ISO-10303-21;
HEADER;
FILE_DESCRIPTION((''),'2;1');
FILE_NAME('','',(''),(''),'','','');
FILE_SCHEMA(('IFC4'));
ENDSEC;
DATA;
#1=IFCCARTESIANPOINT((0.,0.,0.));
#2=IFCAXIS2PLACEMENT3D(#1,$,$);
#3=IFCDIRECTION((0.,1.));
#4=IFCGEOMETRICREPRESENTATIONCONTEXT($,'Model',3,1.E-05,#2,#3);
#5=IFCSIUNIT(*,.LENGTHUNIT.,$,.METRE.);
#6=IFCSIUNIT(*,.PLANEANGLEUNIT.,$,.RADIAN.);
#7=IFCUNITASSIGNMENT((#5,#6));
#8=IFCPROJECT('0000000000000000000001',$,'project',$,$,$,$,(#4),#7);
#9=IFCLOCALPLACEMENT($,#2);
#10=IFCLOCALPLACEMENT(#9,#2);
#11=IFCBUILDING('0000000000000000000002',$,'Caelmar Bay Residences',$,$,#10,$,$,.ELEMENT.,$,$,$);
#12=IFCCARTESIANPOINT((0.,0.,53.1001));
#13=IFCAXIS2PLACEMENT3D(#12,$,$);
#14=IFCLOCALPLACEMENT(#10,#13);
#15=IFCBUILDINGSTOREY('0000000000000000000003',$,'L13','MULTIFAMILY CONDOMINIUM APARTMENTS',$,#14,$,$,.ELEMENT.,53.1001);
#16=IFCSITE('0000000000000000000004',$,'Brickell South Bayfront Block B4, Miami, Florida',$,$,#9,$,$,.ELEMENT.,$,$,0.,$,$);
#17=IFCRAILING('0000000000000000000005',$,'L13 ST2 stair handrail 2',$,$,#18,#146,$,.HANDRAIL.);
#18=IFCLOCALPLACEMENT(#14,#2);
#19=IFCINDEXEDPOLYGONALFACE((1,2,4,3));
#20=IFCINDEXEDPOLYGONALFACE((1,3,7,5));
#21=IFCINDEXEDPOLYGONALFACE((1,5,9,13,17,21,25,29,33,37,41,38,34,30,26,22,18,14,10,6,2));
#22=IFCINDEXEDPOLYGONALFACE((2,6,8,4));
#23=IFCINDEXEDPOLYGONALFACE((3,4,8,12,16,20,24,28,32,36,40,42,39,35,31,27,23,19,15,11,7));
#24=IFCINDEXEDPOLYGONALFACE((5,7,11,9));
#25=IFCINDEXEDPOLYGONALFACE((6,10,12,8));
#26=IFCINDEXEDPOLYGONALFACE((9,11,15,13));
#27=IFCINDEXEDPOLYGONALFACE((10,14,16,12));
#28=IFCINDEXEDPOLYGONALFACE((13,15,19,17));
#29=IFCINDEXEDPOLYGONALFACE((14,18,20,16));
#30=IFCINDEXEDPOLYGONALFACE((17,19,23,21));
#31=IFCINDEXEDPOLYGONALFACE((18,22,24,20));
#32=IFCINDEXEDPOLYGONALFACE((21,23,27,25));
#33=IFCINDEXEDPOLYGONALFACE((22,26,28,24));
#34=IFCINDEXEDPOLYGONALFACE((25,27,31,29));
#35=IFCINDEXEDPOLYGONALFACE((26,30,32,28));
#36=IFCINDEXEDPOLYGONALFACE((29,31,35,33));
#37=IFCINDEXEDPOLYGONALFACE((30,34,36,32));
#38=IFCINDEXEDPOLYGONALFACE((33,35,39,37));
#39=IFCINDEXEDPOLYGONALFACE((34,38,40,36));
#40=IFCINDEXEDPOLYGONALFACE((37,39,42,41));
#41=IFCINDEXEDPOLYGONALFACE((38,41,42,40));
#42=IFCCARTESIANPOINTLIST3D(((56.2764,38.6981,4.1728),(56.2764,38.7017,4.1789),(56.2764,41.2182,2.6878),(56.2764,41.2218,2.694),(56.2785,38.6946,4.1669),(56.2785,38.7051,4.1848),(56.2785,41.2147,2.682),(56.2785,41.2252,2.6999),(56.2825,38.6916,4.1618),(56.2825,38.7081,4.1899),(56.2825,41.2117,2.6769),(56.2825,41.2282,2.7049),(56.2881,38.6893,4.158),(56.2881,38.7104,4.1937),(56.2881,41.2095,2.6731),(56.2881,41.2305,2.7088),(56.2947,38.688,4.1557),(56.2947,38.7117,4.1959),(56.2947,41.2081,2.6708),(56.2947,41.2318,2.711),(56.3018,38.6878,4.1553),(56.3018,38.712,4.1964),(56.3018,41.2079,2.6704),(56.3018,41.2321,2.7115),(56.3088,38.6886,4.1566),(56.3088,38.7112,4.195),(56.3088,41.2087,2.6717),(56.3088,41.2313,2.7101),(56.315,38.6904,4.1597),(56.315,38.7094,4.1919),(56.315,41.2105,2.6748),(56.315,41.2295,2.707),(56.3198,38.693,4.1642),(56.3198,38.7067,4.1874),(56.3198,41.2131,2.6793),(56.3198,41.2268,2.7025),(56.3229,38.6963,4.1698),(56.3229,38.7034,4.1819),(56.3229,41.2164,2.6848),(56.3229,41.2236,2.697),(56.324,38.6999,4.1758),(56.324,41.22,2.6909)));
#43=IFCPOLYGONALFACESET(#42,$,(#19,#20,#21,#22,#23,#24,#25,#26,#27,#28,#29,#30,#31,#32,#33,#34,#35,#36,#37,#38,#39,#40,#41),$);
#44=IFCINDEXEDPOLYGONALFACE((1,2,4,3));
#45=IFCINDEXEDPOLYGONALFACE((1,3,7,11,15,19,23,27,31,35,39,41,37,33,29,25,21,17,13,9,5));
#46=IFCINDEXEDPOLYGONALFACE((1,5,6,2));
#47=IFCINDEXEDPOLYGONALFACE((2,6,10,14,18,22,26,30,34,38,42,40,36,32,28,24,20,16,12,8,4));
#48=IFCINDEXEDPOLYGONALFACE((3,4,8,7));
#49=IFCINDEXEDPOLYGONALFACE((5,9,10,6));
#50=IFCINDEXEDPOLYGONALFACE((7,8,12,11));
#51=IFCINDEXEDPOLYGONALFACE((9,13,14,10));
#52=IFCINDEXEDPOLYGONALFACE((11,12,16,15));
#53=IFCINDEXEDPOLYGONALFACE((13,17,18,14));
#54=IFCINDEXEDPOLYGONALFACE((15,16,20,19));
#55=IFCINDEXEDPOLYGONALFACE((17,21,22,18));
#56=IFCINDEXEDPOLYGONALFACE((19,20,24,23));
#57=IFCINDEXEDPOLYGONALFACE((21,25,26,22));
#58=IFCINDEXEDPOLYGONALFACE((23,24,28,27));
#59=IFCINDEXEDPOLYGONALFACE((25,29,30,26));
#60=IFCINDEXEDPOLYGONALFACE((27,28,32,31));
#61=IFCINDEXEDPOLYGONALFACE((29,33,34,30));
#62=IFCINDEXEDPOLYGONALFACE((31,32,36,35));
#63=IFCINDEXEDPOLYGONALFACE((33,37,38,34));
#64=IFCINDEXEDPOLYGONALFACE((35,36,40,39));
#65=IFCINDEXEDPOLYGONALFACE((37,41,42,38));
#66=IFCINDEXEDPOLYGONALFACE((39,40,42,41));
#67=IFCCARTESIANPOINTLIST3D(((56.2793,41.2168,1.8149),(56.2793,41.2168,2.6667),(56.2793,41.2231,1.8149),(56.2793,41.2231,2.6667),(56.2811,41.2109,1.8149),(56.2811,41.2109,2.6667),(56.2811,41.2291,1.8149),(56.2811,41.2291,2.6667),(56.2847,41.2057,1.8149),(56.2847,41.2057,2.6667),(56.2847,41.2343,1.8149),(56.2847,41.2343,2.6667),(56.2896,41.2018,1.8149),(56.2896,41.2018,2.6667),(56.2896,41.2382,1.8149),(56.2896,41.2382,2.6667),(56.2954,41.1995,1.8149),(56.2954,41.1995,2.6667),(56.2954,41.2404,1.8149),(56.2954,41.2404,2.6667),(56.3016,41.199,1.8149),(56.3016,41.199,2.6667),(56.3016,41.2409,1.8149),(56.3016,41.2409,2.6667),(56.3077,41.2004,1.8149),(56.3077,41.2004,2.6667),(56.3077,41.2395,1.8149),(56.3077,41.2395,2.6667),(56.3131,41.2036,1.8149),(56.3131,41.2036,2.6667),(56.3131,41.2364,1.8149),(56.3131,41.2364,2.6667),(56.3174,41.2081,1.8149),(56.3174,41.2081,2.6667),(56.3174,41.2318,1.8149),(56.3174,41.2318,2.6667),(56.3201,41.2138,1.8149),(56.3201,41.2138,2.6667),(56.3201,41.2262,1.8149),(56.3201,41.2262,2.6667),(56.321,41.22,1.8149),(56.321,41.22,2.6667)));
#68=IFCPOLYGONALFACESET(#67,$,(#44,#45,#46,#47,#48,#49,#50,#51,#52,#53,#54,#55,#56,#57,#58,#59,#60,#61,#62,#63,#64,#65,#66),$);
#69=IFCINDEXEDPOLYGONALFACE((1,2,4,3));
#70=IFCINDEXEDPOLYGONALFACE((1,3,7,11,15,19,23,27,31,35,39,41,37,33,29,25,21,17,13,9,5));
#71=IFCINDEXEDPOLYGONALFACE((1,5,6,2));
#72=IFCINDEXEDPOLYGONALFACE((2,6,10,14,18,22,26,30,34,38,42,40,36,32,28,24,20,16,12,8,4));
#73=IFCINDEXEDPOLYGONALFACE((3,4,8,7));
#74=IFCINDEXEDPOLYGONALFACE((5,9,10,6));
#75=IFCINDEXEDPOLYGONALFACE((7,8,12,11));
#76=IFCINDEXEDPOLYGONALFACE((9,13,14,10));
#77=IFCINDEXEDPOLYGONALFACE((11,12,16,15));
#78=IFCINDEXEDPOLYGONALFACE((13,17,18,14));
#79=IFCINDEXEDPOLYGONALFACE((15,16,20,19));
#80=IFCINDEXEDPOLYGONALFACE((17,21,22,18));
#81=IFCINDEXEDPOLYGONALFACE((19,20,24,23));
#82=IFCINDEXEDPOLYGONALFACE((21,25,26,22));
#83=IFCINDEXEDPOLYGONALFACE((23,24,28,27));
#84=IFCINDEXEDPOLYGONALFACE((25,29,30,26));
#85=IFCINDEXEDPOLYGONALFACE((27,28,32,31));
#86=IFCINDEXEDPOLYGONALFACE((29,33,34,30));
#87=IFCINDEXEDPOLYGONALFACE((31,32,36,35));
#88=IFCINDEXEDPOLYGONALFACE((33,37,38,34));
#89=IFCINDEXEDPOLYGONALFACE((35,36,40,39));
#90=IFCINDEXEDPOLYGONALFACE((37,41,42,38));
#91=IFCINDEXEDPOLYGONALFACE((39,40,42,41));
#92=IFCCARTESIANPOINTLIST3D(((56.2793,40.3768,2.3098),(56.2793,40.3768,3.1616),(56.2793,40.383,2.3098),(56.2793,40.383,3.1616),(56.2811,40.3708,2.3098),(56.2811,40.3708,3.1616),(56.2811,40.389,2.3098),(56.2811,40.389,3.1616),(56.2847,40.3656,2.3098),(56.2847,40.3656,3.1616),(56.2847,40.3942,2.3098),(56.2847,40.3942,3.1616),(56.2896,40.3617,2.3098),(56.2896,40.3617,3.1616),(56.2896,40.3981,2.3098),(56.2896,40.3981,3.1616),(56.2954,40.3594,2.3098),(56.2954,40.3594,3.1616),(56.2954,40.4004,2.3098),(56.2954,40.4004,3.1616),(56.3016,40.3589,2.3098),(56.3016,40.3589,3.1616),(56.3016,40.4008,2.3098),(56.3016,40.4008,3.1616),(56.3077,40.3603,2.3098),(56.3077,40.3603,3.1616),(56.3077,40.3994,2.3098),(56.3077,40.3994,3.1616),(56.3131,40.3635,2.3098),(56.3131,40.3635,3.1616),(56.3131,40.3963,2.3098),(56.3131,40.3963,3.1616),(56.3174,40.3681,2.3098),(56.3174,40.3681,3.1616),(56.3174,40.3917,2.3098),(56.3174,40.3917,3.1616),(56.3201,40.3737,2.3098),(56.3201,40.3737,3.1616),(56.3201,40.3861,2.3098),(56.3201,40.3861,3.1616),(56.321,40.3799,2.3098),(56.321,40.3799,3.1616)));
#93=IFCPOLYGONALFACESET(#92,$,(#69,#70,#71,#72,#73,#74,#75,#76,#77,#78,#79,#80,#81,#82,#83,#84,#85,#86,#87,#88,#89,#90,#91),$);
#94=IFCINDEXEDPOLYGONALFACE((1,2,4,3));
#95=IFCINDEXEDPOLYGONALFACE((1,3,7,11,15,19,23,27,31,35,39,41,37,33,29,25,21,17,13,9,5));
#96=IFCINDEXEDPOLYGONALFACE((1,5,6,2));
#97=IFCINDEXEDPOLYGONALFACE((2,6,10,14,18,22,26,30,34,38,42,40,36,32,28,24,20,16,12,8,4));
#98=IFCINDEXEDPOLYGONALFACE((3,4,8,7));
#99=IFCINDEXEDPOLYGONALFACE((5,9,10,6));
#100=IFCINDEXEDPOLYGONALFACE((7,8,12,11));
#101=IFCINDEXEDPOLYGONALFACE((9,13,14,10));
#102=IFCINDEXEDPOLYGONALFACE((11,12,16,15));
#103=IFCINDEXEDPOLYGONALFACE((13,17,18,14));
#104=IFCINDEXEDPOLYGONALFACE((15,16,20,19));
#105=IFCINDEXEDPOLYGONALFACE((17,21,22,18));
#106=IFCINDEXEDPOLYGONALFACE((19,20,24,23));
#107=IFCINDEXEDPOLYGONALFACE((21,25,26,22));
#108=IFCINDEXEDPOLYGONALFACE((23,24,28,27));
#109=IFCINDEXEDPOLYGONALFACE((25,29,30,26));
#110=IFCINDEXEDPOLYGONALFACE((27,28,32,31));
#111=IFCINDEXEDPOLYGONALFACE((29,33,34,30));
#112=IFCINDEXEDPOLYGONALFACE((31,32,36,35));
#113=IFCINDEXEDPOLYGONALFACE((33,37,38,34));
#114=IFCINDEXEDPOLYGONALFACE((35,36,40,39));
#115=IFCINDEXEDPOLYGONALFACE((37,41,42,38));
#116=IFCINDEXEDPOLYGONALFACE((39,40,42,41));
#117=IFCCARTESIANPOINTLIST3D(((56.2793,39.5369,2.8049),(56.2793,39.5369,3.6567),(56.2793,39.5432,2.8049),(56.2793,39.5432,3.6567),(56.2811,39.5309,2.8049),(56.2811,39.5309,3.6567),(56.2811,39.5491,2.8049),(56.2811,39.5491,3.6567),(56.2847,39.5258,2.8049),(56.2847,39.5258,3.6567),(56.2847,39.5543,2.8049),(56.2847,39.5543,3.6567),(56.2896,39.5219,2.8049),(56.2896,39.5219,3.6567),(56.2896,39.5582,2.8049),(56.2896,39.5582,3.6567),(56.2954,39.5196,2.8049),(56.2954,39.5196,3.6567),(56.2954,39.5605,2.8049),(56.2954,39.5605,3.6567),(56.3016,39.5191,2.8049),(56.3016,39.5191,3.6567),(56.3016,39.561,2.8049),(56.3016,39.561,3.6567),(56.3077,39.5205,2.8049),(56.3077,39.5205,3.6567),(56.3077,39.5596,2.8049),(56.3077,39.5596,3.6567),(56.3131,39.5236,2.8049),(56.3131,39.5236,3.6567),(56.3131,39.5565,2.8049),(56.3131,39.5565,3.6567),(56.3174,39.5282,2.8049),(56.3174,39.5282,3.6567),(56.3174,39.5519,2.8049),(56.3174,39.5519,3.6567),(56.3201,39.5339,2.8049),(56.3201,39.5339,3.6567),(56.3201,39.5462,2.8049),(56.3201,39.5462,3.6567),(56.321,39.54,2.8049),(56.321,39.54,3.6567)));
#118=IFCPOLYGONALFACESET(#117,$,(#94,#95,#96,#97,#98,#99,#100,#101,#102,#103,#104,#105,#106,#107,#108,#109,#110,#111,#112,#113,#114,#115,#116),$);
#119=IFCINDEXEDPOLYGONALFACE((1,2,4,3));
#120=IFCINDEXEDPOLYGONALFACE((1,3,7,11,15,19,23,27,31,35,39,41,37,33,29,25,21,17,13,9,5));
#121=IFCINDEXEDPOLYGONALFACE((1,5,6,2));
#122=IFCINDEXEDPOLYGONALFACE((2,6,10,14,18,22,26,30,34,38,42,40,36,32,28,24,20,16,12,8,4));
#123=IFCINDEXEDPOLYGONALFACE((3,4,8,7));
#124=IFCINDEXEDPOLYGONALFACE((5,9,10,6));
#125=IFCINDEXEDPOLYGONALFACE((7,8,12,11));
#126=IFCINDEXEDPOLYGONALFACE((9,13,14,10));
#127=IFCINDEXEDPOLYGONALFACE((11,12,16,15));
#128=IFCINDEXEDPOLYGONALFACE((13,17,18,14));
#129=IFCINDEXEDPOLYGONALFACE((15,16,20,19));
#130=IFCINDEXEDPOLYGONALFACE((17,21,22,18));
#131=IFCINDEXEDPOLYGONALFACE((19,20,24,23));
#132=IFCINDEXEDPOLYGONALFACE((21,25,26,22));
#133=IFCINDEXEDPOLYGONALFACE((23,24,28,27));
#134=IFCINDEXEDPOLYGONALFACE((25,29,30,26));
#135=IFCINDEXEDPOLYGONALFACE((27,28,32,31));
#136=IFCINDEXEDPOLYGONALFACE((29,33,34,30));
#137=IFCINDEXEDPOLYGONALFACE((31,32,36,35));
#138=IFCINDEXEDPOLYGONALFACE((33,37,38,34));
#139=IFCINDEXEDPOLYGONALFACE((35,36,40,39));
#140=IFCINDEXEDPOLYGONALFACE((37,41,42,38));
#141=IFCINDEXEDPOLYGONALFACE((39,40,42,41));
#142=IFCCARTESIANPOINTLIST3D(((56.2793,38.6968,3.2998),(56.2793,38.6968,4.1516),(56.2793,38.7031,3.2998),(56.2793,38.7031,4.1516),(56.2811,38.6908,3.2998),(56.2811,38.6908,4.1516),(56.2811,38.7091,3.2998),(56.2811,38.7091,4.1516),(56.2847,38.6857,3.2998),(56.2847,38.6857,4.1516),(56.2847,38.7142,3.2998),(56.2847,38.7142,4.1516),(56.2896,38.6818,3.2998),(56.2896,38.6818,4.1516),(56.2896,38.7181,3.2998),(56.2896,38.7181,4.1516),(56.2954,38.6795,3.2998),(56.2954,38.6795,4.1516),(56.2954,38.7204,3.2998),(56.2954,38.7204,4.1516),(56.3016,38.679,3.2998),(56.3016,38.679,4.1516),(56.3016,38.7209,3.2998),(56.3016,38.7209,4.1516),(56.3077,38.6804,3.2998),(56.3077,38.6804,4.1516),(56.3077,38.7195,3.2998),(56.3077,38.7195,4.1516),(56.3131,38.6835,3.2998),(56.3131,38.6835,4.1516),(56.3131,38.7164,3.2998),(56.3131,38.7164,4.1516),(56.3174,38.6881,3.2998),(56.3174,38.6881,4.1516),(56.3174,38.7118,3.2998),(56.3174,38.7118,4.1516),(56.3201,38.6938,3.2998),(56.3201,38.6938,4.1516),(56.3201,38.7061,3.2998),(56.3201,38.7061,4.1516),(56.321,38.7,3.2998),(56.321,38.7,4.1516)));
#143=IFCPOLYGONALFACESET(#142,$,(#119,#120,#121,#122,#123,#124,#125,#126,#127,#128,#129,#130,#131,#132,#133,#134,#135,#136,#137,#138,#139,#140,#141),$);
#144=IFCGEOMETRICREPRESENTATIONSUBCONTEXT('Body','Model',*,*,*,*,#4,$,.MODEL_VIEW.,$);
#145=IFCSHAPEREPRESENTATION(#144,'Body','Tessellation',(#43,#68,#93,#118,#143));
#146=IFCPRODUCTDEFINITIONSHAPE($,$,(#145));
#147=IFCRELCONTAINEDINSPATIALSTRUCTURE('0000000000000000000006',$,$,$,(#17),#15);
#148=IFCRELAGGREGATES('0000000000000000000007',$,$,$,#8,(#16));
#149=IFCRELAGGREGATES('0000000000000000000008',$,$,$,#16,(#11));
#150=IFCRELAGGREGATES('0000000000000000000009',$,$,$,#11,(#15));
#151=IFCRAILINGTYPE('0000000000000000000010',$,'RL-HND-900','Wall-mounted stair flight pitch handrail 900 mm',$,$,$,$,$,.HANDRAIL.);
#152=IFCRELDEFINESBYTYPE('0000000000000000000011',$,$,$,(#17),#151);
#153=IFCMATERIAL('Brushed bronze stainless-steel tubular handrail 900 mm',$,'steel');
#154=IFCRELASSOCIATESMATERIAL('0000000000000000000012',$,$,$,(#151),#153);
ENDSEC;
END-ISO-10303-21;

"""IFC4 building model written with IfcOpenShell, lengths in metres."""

from ifc_helpers import new_model, si_unit, direction, frame, origin, origin_2d, place, context, subcontext, project, spatial, circle, extrude, material, type_object, element, save


model = new_model("IFC4")

# Units and contexts
model_context = context("Model", 3, precision=1e-05, world=origin(), true_north=direction((0.0, 1.0)))
body_context = subcontext(model_context, "Body", "Model", "MODEL_VIEW")
ifc_project = project(units=[si_unit("LENGTHUNIT", "METRE"), si_unit("PLANEANGLEUNIT", "RADIAN")], contexts=[model_context])

# Site, building, storey
site_placement = place(None, origin())
site = spatial("IfcSite", under=ifc_project, at=site_placement, Name="Brickell South Bayfront Block B4, Miami, Florida", CompositionType="ELEMENT", RefElevation=0.0)
building_placement = place(site_placement, origin())
building = spatial("IfcBuilding", under=site, at=building_placement, Name="Caelmar Bay Residences", CompositionType="ELEMENT")
storey_placement = place(building_placement, frame((0.0, 0.0, 53.1001)))
storey = spatial("IfcBuildingStorey", under=building, at=storey_placement, Name="L13", Description="MULTIFAMILY CONDOMINIUM APARTMENTS", CompositionType="ELEMENT", Elevation=53.1001)

# Railing
ifc_material_1 = material(Name="Brushed bronze stainless-steel tubular handrail 900 mm", Category="steel")
railing_type_1 = type_object("IfcRailingType", Name="RL-HND-900", Description="Wall-mounted stair flight pitch handrail 900 mm", PredefinedType="HANDRAIL", material=ifc_material_1)
railing_1_placement = place(storey_placement, frame((56.3, 41.22, 1.8149)))
element("IfcRailing", 1, at=railing_1_placement, inside=storey, type_object=railing_type_1, Name="L13 ST2 stair handrail 2", PredefinedType="HANDRAIL", context=body_context, shape_type="SweptSolid", body=[
    extrude(circle(Radius=0.0239, at=origin_2d()), frame((0.0, 0.0, 0.876), z_axis=(0.0, -0.861561, 0.507655), x_axis=(1.0, 0.0, 0.0)), (0.0, 0.0, 1.0), 2.925),
    extrude(circle(Radius=0.021, at=origin_2d()), origin(), (0.0, 0.0, 1.0), 0.8518),
    extrude(circle(Radius=0.021, at=origin_2d()), frame((0.0, -0.8401, 0.4949)), (0.0, 0.0, 1.0), 0.8518),
    extrude(circle(Radius=0.021, at=origin_2d()), frame((0.0, -1.6799, 0.99)), (0.0, 0.0, 1.0), 0.8518),
    extrude(circle(Radius=0.021, at=origin_2d()), frame((0.0, -2.52, 1.4849)), (0.0, 0.0, 1.0), 0.8518),
])

save(model, "model.ifc")
